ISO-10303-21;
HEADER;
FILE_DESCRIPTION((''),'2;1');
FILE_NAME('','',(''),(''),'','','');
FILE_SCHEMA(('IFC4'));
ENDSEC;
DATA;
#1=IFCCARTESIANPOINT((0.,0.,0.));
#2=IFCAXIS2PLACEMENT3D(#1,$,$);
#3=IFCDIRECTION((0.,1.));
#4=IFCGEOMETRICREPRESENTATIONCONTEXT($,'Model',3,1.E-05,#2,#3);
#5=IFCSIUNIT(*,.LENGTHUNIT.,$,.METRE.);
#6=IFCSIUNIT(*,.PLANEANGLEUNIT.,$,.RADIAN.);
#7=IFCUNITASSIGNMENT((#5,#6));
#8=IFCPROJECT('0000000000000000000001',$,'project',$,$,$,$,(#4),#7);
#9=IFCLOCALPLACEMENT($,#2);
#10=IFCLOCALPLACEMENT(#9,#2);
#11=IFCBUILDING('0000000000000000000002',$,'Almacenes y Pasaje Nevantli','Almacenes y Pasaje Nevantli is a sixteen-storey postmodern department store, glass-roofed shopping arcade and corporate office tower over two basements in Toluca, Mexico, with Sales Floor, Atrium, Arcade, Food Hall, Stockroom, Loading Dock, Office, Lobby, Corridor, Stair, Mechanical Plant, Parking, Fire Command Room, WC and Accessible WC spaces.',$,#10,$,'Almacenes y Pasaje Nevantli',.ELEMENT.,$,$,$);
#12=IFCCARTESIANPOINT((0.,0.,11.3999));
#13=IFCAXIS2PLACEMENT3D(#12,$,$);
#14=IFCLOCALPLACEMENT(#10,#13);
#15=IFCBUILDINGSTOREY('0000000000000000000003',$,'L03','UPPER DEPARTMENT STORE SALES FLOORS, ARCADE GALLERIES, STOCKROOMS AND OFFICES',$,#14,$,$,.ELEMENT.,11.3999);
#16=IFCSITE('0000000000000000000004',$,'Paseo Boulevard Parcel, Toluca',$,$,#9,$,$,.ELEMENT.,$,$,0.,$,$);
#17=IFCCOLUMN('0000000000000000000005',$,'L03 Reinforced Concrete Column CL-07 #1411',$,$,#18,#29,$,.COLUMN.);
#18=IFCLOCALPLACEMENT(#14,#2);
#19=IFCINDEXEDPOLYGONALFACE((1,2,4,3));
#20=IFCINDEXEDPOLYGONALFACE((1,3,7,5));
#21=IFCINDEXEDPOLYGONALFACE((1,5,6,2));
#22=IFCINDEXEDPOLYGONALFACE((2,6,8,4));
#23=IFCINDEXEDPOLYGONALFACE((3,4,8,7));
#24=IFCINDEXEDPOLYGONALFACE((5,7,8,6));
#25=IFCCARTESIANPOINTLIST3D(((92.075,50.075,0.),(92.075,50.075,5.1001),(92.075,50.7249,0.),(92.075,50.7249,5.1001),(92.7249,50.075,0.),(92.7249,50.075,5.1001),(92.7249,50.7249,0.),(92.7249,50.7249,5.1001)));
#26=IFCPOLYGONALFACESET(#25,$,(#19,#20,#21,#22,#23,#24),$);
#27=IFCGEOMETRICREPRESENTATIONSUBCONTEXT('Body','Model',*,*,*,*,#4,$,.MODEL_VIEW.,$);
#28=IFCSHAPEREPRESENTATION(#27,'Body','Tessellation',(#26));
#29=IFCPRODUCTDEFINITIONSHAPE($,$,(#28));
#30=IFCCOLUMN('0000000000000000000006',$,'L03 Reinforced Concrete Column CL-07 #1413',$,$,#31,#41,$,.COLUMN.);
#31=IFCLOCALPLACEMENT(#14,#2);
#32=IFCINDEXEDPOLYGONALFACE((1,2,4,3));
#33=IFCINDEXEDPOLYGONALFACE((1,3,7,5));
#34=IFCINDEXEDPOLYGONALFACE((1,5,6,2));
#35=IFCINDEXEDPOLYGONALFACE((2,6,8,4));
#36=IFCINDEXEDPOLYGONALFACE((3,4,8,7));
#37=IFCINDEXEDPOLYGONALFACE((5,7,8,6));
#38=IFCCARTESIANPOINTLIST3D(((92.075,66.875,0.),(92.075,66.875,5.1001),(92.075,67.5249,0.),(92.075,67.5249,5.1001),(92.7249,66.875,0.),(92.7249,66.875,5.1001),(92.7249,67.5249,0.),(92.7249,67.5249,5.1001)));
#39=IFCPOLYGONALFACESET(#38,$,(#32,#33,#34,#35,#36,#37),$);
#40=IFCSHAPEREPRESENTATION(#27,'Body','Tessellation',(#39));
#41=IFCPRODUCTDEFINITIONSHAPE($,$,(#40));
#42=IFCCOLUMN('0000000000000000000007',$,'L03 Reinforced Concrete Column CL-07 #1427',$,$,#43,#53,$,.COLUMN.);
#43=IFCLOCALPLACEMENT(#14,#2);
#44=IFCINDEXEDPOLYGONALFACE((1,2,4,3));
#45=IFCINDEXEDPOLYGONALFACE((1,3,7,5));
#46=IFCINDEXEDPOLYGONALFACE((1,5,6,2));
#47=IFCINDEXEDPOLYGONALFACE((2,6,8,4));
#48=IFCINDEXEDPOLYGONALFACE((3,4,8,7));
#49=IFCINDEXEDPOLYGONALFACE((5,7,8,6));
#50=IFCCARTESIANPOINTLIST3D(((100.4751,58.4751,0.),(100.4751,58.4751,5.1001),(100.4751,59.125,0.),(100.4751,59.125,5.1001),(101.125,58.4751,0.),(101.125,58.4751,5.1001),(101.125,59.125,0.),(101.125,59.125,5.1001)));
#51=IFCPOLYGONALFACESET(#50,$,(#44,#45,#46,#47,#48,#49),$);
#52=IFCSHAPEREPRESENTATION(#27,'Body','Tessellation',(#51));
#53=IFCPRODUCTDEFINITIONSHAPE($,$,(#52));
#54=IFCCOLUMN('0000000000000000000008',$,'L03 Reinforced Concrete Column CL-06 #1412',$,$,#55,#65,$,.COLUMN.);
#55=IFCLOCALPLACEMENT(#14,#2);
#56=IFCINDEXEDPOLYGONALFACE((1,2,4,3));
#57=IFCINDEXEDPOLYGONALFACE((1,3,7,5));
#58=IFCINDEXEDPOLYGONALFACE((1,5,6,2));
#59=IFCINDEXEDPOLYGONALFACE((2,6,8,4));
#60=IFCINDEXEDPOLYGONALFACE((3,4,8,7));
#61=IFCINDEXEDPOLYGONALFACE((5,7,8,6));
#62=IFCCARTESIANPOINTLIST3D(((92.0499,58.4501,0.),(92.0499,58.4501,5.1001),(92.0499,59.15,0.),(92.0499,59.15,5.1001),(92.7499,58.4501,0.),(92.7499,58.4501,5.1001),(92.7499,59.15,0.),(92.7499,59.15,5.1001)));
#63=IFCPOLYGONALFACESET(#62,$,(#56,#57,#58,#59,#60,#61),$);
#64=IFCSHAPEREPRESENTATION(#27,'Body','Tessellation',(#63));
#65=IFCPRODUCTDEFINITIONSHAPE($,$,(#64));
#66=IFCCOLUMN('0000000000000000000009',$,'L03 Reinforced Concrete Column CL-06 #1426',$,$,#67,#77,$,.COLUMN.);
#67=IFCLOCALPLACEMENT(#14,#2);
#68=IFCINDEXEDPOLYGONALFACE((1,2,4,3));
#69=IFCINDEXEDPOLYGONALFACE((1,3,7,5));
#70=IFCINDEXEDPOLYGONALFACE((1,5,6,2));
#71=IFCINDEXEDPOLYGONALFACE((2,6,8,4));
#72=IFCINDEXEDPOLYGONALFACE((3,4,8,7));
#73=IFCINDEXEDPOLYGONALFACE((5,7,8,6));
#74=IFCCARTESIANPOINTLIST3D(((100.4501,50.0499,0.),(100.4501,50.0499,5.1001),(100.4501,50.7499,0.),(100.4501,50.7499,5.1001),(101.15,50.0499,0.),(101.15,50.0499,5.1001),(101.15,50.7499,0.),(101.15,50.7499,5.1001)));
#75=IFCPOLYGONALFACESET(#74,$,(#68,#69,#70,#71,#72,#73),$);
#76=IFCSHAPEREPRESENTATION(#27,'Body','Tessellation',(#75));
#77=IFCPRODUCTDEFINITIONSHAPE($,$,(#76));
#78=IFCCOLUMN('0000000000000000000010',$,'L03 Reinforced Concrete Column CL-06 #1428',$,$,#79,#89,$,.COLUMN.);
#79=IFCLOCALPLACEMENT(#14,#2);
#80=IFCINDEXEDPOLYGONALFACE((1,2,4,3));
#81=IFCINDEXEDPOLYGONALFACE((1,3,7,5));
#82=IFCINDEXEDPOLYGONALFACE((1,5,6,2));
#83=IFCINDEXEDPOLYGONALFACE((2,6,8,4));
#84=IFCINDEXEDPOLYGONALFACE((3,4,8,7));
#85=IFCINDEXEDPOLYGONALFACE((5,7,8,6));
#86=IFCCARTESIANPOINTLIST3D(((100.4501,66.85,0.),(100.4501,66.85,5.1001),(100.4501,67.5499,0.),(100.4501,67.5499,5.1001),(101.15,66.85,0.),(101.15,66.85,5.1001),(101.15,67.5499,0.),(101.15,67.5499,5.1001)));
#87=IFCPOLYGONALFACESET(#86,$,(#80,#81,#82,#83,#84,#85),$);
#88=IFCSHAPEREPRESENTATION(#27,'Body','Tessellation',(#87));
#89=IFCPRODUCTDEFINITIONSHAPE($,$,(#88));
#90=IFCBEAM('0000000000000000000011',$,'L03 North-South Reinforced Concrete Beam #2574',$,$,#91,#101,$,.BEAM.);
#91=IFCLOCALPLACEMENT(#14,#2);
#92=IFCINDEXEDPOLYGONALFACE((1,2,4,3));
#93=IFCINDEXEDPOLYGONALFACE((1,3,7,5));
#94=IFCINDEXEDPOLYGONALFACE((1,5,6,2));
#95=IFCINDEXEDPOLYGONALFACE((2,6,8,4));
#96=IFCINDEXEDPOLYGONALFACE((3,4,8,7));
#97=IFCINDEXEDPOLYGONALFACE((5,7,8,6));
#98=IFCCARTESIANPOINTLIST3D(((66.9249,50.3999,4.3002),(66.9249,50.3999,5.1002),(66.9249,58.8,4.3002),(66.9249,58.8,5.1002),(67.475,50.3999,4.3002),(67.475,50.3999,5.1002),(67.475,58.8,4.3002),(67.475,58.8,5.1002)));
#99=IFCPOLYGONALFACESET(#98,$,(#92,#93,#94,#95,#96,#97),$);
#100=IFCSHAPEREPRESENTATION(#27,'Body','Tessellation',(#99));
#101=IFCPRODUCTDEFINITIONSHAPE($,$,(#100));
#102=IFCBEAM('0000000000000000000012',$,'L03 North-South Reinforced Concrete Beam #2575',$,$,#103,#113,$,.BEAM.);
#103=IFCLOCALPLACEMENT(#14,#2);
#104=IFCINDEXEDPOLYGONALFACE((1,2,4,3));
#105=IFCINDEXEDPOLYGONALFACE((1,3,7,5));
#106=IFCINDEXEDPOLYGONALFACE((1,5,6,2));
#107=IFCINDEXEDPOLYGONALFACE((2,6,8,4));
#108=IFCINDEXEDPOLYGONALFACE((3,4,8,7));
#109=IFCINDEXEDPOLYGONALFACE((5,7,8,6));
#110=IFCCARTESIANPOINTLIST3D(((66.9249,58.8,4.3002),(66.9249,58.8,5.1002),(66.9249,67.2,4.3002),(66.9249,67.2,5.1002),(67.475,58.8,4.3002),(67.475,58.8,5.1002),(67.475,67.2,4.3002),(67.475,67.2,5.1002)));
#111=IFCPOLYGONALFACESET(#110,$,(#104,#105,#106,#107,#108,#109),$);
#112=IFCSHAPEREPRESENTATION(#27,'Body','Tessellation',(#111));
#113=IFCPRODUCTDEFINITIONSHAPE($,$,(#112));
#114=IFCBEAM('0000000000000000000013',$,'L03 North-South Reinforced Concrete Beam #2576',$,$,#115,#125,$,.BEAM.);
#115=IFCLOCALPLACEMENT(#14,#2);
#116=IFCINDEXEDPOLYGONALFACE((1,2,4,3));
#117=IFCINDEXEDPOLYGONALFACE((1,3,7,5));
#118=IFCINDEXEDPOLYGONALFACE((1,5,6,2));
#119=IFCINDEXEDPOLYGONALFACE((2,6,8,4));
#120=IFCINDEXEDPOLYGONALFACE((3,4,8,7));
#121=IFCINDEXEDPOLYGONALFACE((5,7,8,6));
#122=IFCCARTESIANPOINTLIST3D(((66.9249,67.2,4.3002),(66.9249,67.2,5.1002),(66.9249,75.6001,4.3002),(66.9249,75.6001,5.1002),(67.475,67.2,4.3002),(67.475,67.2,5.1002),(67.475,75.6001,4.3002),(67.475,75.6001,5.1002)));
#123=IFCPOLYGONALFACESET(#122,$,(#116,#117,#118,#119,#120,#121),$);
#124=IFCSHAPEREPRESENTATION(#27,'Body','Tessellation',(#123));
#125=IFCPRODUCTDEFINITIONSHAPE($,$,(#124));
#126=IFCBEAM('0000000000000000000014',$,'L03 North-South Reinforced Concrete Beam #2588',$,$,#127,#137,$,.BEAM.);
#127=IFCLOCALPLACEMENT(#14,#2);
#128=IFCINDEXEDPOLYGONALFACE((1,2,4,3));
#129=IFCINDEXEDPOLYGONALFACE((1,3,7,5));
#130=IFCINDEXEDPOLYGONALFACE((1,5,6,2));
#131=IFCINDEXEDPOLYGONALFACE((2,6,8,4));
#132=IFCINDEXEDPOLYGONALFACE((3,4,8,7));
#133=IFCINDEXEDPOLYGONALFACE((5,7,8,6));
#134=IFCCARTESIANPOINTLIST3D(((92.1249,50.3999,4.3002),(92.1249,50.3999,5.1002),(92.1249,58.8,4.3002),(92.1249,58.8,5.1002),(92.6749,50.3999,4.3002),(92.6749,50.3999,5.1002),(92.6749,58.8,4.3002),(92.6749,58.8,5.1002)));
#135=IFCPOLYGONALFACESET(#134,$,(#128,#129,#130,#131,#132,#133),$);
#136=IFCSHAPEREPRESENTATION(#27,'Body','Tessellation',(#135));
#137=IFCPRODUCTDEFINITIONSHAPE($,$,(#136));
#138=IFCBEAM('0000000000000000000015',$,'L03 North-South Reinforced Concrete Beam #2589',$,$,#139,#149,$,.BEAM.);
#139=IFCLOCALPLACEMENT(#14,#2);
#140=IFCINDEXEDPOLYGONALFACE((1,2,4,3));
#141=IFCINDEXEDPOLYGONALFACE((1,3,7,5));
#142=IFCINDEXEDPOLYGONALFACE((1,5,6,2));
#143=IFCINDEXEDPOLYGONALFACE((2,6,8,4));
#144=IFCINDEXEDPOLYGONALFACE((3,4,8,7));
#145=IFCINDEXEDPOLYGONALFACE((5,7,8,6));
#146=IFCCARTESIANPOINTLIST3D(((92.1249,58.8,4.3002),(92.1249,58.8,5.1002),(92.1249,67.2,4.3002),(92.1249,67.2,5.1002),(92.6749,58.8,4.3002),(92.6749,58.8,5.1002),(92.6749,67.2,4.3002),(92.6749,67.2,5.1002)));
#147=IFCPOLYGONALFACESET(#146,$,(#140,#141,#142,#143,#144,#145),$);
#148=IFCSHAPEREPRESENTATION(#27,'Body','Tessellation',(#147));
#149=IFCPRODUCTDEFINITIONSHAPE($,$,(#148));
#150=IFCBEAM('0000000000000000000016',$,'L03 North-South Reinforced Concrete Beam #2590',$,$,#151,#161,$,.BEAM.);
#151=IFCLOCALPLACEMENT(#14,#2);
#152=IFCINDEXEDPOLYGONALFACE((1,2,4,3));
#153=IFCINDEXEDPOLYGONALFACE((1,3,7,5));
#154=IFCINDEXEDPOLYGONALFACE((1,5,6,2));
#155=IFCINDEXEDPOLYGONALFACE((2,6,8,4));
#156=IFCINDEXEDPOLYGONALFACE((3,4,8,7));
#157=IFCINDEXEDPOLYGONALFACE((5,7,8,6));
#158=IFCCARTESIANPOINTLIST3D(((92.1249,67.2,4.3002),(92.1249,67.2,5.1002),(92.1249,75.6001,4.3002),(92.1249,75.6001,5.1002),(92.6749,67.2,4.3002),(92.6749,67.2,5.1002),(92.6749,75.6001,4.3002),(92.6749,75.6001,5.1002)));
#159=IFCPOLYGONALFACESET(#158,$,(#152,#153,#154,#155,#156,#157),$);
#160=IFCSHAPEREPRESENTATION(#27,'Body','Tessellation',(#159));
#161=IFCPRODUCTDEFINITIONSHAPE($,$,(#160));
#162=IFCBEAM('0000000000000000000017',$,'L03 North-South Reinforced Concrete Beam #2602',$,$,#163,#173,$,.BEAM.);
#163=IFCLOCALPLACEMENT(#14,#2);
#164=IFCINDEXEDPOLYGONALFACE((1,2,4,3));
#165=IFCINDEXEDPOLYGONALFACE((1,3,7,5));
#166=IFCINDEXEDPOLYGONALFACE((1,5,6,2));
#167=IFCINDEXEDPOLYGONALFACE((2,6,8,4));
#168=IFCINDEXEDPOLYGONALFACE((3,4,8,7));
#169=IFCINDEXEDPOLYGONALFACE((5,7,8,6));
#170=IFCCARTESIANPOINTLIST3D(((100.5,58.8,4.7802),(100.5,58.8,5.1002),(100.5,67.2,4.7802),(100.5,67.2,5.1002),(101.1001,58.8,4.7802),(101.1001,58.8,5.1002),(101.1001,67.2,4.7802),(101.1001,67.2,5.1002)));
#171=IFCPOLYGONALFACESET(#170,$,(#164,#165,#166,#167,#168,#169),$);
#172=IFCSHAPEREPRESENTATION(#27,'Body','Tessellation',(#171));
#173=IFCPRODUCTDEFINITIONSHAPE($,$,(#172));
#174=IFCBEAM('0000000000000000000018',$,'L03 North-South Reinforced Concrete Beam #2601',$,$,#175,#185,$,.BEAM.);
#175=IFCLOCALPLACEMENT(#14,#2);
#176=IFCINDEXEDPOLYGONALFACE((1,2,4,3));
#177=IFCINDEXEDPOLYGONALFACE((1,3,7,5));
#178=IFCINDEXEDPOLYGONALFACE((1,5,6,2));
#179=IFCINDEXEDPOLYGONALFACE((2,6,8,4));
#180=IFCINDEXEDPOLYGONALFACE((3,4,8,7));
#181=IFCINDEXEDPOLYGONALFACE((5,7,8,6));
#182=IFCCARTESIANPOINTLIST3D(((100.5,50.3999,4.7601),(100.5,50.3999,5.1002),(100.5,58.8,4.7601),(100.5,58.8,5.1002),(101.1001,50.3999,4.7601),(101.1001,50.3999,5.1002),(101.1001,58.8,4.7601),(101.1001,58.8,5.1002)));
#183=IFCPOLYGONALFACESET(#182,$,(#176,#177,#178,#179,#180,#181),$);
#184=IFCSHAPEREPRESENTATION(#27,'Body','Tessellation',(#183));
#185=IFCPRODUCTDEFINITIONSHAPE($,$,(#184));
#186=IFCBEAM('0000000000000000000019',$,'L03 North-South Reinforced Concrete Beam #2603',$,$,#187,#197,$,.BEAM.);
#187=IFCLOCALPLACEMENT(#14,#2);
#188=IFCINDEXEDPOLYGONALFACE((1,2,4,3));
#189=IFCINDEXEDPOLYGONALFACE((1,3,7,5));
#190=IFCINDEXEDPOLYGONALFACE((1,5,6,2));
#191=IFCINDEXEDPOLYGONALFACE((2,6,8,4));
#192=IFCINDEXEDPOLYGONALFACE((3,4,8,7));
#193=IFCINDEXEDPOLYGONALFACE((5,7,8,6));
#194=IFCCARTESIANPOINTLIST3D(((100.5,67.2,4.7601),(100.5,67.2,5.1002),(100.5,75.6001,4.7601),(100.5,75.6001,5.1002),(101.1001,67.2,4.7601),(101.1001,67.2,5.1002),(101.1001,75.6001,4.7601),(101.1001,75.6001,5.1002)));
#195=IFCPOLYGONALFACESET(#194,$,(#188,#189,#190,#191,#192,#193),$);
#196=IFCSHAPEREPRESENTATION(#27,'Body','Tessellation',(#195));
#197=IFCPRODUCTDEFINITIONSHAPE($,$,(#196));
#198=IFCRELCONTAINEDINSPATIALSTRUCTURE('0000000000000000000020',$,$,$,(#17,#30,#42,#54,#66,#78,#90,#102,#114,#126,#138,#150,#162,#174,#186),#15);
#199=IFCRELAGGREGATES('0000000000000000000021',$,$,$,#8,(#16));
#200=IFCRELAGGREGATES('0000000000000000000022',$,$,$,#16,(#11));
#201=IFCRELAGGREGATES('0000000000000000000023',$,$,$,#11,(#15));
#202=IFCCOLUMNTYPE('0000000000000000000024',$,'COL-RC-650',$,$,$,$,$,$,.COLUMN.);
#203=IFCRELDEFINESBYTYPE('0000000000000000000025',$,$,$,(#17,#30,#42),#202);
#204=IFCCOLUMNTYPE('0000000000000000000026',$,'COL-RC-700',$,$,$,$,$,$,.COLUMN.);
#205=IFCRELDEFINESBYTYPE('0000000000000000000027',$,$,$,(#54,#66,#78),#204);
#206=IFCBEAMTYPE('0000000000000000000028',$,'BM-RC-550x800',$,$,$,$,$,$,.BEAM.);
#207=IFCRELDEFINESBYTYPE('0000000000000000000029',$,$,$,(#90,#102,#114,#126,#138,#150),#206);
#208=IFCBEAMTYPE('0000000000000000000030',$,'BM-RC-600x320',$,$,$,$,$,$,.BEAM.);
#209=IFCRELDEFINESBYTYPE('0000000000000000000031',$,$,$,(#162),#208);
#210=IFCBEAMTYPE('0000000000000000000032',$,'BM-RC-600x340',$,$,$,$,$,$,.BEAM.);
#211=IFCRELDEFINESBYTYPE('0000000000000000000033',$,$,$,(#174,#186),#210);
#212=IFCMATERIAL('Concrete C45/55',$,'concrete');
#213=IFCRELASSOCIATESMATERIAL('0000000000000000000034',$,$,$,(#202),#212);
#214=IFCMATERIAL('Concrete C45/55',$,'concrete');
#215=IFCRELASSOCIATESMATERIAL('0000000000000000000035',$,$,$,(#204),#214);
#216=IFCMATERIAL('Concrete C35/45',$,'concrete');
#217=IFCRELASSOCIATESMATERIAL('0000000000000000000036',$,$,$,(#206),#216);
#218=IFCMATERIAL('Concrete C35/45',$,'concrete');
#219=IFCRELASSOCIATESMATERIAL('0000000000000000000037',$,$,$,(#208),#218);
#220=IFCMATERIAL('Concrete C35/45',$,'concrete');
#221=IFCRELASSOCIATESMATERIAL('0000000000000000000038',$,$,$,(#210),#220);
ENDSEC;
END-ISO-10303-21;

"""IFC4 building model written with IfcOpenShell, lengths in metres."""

from ifc_helpers import new_model, si_unit, direction, frame, origin, origin_2d, place, context, subcontext, project, spatial, rectangle, extrude, material, material_profile, profile_set, type_object, element, save


model = new_model("IFC4")

# Units and contexts
model_context = context("Model", 3, precision=1e-05, world=origin(), true_north=direction((0.0, 1.0)))
body_context = subcontext(model_context, "Body", "Model", "MODEL_VIEW")
ifc_project = project(units=[si_unit("LENGTHUNIT", "METRE"), si_unit("PLANEANGLEUNIT", "RADIAN")], contexts=[model_context])

# Site, building, storey
site_placement = place(None, origin())
site = spatial("IfcSite", under=ifc_project, at=site_placement, Name="Paseo Boulevard Parcel, Toluca", CompositionType="ELEMENT", RefElevation=0.0)
building_placement = place(site_placement, origin())
building = spatial("IfcBuilding", under=site, at=building_placement, Name="Almacenes y Pasaje Nevantli", Description="Almacenes y Pasaje Nevantli is a sixteen-storey postmodern department store, glass-roofed shopping arcade and corporate office tower over two basements in Toluca, Mexico, with Sales Floor, Atrium, Arcade, Food Hall, Stockroom, Loading Dock, Office, Lobby, Corridor, Stair, Mechanical Plant, Parking, Fire Command Room, WC and Accessible WC spaces.", LongName="Almacenes y Pasaje Nevantli", CompositionType="ELEMENT")
storey_placement = place(building_placement, frame((0.0, 0.0, 11.3999)))
storey = spatial("IfcBuildingStorey", under=building, at=storey_placement, Name="L03", Description="UPPER DEPARTMENT STORE SALES FLOORS, ARCADE GALLERIES, STOCKROOMS AND OFFICES", CompositionType="ELEMENT", Elevation=11.3999)

# Columns
ifc_material_1 = material(Name="Concrete C45/55", Category="concrete")
ifc_material_profile_1 = material_profile(ifc_material_1, rectangle(XDim=0.6499, YDim=0.6499, at=origin_2d()), Name="RC-COL-650x650")
ifc_profile_set_1 = profile_set([ifc_material_profile_1], Name="Concrete C45/55")
column_type_1 = type_object("IfcColumnType", Name="COL-RC-650", PredefinedType="COLUMN", material=ifc_profile_set_1)
for number, where, z_axis, x_axis, name in (
    (1, (92.3999, 50.3999, 0.0), (0.0, 0.0, 1.0), (1.0, 0.0, 0.0), "L03 Reinforced Concrete Column CL-07 #1411"),
    (2, (92.3999, 67.2, 0.0), (0.0, 0.0, 1.0), (1.0, 0.0, 0.0), "L03 Reinforced Concrete Column CL-07 #1413"),
    (3, (100.8, 58.8, 0.0), (0.0, 0.0, 1.0), (1.0, 0.0, 0.0), "L03 Reinforced Concrete Column CL-07 #1427"),
):
    element("IfcColumn", number, at=place(storey_placement, frame(where, z_axis=z_axis, x_axis=x_axis)), inside=storey, type_object=column_type_1, Name=name, PredefinedType="COLUMN", context=body_context, shape_type="SweptSolid", body=[
        extrude(rectangle(XDim=0.6499, YDim=0.6499, at=origin_2d()), origin(), (0.0, 0.0, 1.0), 5.1001),
    ])
ifc_material_2 = material(Name="Concrete C45/55", Category="concrete")
ifc_material_profile_2 = material_profile(ifc_material_2, rectangle(XDim=0.7, YDim=0.7, at=origin_2d()), Name="RC-COL-700x700")
ifc_profile_set_2 = profile_set([ifc_material_profile_2], Name="Concrete C45/55")
column_type_2 = type_object("IfcColumnType", Name="COL-RC-700", PredefinedType="COLUMN", material=ifc_profile_set_2)
for number, where, z_axis, x_axis, name in (
    (4, (92.3999, 58.8, 0.0), (0.0, 0.0, 1.0), (1.0, 0.0, 0.0), "L03 Reinforced Concrete Column CL-06 #1412"),
    (5, (100.8, 50.3999, 0.0), (0.0, 0.0, 1.0), (1.0, 0.0, 0.0), "L03 Reinforced Concrete Column CL-06 #1426"),
    (6, (100.8, 67.2, 0.0), (0.0, 0.0, 1.0), (1.0, 0.0, 0.0), "L03 Reinforced Concrete Column CL-06 #1428"),
):
    element("IfcColumn", number, at=place(storey_placement, frame(where, z_axis=z_axis, x_axis=x_axis)), inside=storey, type_object=column_type_2, Name=name, PredefinedType="COLUMN", context=body_context, shape_type="SweptSolid", body=[
        extrude(rectangle(XDim=0.7, YDim=0.7, at=origin_2d()), origin(), (0.0, 0.0, 1.0), 5.1001),
    ])

# Beams
ifc_material_3 = material(Name="Concrete C35/45", Category="concrete")
ifc_material_profile_3 = material_profile(ifc_material_3, rectangle(XDim=0.55, YDim=0.8, at=origin_2d()), Name="RC-BM-550x800")
ifc_profile_set_3 = profile_set([ifc_material_profile_3], Name="Concrete C35/45")
beam_type_1 = type_object("IfcBeamType", Name="BM-RC-550x800", PredefinedType="BEAM", material=ifc_profile_set_3)
beam_1_placement = place(storey_placement, frame((67.2, 50.3999, 4.7002), z_axis=(0.0, 1.0, 0.0), x_axis=(-1.0, 0.0, 0.0)))
element("IfcBeam", 7, at=beam_1_placement, inside=storey, type_object=beam_type_1, Name="L03 North-South Reinforced Concrete Beam #2574", PredefinedType="BEAM", context=body_context, shape_type="SweptSolid", body=[
    extrude(rectangle(XDim=0.55, YDim=0.8, at=origin_2d()), origin(), (0.0, 0.0, 1.0), 8.4001),
])
beam_2_placement = place(storey_placement, frame((67.2, 58.8, 4.7002), z_axis=(0.0, 1.0, 0.0), x_axis=(-1.0, 0.0, 0.0)))
element("IfcBeam", 8, at=beam_2_placement, inside=storey, type_object=beam_type_1, Name="L03 North-South Reinforced Concrete Beam #2575", PredefinedType="BEAM", context=body_context, shape_type="SweptSolid", body=[
    extrude(rectangle(XDim=0.55, YDim=0.8, at=origin_2d()), origin(), (0.0, 0.0, 1.0), 8.3999),
])
for number, where, z_axis, x_axis, name in (
    (9, (67.2, 67.2, 4.7002), (0.0, 1.0, 0.0), (-1.0, 0.0, 0.0), "L03 North-South Reinforced Concrete Beam #2576"),
    (10, (92.3999, 50.3999, 4.7002), (0.0, 1.0, 0.0), (-1.0, 0.0, 0.0), "L03 North-South Reinforced Concrete Beam #2588"),
):
    element("IfcBeam", number, at=place(storey_placement, frame(where, z_axis=z_axis, x_axis=x_axis)), inside=storey, type_object=beam_type_1, Name=name, PredefinedType="BEAM", context=body_context, shape_type="SweptSolid", body=[
        extrude(rectangle(XDim=0.55, YDim=0.8, at=origin_2d()), origin(), (0.0, 0.0, 1.0), 8.4001),
    ])
beam_3_placement = place(storey_placement, frame((92.3999, 58.8, 4.7002), z_axis=(0.0, 1.0, 0.0), x_axis=(-1.0, 0.0, 0.0)))
element("IfcBeam", 11, at=beam_3_placement, inside=storey, type_object=beam_type_1, Name="L03 North-South Reinforced Concrete Beam #2589", PredefinedType="BEAM", context=body_context, shape_type="SweptSolid", body=[
    extrude(rectangle(XDim=0.55, YDim=0.8, at=origin_2d()), origin(), (0.0, 0.0, 1.0), 8.3999),
])
beam_4_placement = place(storey_placement, frame((92.3999, 67.2, 4.7002), z_axis=(0.0, 1.0, 0.0), x_axis=(-1.0, 0.0, 0.0)))
element("IfcBeam", 12, at=beam_4_placement, inside=storey, type_object=beam_type_1, Name="L03 North-South Reinforced Concrete Beam #2590", PredefinedType="BEAM", context=body_context, shape_type="SweptSolid", body=[
    extrude(rectangle(XDim=0.55, YDim=0.8, at=origin_2d()), origin(), (0.0, 0.0, 1.0), 8.4001),
])
ifc_material_4 = material(Name="Concrete C35/45", Category="concrete")
ifc_material_profile_4 = material_profile(ifc_material_4, rectangle(XDim=0.6001, YDim=0.3201, at=origin_2d()), Name="RC-BM-600x320")
ifc_profile_set_4 = profile_set([ifc_material_profile_4], Name="Concrete C35/45")
beam_type_2 = type_object("IfcBeamType", Name="BM-RC-600x320", PredefinedType="BEAM", material=ifc_profile_set_4)
beam_5_placement = place(storey_placement, frame((100.8, 58.8, 4.9402), z_axis=(0.0, 1.0, 0.0), x_axis=(-1.0, 0.0, 0.0)))
element("IfcBeam", 13, at=beam_5_placement, inside=storey, type_object=beam_type_2, Name="L03 North-South Reinforced Concrete Beam #2602", PredefinedType="BEAM", context=body_context, shape_type="SweptSolid", body=[
    extrude(rectangle(XDim=0.6001, YDim=0.3201, at=origin_2d()), origin(), (0.0, 0.0, 1.0), 8.3999),
])
ifc_material_5 = material(Name="Concrete C35/45", Category="concrete")
ifc_material_profile_5 = material_profile(ifc_material_5, rectangle(XDim=0.6001, YDim=0.3401, at=origin_2d()), Name="RC-BM-600x340")
ifc_profile_set_5 = profile_set([ifc_material_profile_5], Name="Concrete C35/45")
beam_type_3 = type_object("IfcBeamType", Name="BM-RC-600x340", PredefinedType="BEAM", material=ifc_profile_set_5)
for number, where, z_axis, x_axis, name in (
    (14, (100.8, 50.3999, 4.9302), (0.0, 1.0, 0.0), (-1.0, 0.0, 0.0), "L03 North-South Reinforced Concrete Beam #2601"),
    (15, (100.8, 67.2, 4.9302), (0.0, 1.0, 0.0), (-1.0, 0.0, 0.0), "L03 North-South Reinforced Concrete Beam #2603"),
):
    element("IfcBeam", number, at=place(storey_placement, frame(where, z_axis=z_axis, x_axis=x_axis)), inside=storey, type_object=beam_type_3, Name=name, PredefinedType="BEAM", context=body_context, shape_type="SweptSolid", body=[
        extrude(rectangle(XDim=0.6001, YDim=0.3401, at=origin_2d()), origin(), (0.0, 0.0, 1.0), 8.4001),
    ])

save(model, "model.ifc")
